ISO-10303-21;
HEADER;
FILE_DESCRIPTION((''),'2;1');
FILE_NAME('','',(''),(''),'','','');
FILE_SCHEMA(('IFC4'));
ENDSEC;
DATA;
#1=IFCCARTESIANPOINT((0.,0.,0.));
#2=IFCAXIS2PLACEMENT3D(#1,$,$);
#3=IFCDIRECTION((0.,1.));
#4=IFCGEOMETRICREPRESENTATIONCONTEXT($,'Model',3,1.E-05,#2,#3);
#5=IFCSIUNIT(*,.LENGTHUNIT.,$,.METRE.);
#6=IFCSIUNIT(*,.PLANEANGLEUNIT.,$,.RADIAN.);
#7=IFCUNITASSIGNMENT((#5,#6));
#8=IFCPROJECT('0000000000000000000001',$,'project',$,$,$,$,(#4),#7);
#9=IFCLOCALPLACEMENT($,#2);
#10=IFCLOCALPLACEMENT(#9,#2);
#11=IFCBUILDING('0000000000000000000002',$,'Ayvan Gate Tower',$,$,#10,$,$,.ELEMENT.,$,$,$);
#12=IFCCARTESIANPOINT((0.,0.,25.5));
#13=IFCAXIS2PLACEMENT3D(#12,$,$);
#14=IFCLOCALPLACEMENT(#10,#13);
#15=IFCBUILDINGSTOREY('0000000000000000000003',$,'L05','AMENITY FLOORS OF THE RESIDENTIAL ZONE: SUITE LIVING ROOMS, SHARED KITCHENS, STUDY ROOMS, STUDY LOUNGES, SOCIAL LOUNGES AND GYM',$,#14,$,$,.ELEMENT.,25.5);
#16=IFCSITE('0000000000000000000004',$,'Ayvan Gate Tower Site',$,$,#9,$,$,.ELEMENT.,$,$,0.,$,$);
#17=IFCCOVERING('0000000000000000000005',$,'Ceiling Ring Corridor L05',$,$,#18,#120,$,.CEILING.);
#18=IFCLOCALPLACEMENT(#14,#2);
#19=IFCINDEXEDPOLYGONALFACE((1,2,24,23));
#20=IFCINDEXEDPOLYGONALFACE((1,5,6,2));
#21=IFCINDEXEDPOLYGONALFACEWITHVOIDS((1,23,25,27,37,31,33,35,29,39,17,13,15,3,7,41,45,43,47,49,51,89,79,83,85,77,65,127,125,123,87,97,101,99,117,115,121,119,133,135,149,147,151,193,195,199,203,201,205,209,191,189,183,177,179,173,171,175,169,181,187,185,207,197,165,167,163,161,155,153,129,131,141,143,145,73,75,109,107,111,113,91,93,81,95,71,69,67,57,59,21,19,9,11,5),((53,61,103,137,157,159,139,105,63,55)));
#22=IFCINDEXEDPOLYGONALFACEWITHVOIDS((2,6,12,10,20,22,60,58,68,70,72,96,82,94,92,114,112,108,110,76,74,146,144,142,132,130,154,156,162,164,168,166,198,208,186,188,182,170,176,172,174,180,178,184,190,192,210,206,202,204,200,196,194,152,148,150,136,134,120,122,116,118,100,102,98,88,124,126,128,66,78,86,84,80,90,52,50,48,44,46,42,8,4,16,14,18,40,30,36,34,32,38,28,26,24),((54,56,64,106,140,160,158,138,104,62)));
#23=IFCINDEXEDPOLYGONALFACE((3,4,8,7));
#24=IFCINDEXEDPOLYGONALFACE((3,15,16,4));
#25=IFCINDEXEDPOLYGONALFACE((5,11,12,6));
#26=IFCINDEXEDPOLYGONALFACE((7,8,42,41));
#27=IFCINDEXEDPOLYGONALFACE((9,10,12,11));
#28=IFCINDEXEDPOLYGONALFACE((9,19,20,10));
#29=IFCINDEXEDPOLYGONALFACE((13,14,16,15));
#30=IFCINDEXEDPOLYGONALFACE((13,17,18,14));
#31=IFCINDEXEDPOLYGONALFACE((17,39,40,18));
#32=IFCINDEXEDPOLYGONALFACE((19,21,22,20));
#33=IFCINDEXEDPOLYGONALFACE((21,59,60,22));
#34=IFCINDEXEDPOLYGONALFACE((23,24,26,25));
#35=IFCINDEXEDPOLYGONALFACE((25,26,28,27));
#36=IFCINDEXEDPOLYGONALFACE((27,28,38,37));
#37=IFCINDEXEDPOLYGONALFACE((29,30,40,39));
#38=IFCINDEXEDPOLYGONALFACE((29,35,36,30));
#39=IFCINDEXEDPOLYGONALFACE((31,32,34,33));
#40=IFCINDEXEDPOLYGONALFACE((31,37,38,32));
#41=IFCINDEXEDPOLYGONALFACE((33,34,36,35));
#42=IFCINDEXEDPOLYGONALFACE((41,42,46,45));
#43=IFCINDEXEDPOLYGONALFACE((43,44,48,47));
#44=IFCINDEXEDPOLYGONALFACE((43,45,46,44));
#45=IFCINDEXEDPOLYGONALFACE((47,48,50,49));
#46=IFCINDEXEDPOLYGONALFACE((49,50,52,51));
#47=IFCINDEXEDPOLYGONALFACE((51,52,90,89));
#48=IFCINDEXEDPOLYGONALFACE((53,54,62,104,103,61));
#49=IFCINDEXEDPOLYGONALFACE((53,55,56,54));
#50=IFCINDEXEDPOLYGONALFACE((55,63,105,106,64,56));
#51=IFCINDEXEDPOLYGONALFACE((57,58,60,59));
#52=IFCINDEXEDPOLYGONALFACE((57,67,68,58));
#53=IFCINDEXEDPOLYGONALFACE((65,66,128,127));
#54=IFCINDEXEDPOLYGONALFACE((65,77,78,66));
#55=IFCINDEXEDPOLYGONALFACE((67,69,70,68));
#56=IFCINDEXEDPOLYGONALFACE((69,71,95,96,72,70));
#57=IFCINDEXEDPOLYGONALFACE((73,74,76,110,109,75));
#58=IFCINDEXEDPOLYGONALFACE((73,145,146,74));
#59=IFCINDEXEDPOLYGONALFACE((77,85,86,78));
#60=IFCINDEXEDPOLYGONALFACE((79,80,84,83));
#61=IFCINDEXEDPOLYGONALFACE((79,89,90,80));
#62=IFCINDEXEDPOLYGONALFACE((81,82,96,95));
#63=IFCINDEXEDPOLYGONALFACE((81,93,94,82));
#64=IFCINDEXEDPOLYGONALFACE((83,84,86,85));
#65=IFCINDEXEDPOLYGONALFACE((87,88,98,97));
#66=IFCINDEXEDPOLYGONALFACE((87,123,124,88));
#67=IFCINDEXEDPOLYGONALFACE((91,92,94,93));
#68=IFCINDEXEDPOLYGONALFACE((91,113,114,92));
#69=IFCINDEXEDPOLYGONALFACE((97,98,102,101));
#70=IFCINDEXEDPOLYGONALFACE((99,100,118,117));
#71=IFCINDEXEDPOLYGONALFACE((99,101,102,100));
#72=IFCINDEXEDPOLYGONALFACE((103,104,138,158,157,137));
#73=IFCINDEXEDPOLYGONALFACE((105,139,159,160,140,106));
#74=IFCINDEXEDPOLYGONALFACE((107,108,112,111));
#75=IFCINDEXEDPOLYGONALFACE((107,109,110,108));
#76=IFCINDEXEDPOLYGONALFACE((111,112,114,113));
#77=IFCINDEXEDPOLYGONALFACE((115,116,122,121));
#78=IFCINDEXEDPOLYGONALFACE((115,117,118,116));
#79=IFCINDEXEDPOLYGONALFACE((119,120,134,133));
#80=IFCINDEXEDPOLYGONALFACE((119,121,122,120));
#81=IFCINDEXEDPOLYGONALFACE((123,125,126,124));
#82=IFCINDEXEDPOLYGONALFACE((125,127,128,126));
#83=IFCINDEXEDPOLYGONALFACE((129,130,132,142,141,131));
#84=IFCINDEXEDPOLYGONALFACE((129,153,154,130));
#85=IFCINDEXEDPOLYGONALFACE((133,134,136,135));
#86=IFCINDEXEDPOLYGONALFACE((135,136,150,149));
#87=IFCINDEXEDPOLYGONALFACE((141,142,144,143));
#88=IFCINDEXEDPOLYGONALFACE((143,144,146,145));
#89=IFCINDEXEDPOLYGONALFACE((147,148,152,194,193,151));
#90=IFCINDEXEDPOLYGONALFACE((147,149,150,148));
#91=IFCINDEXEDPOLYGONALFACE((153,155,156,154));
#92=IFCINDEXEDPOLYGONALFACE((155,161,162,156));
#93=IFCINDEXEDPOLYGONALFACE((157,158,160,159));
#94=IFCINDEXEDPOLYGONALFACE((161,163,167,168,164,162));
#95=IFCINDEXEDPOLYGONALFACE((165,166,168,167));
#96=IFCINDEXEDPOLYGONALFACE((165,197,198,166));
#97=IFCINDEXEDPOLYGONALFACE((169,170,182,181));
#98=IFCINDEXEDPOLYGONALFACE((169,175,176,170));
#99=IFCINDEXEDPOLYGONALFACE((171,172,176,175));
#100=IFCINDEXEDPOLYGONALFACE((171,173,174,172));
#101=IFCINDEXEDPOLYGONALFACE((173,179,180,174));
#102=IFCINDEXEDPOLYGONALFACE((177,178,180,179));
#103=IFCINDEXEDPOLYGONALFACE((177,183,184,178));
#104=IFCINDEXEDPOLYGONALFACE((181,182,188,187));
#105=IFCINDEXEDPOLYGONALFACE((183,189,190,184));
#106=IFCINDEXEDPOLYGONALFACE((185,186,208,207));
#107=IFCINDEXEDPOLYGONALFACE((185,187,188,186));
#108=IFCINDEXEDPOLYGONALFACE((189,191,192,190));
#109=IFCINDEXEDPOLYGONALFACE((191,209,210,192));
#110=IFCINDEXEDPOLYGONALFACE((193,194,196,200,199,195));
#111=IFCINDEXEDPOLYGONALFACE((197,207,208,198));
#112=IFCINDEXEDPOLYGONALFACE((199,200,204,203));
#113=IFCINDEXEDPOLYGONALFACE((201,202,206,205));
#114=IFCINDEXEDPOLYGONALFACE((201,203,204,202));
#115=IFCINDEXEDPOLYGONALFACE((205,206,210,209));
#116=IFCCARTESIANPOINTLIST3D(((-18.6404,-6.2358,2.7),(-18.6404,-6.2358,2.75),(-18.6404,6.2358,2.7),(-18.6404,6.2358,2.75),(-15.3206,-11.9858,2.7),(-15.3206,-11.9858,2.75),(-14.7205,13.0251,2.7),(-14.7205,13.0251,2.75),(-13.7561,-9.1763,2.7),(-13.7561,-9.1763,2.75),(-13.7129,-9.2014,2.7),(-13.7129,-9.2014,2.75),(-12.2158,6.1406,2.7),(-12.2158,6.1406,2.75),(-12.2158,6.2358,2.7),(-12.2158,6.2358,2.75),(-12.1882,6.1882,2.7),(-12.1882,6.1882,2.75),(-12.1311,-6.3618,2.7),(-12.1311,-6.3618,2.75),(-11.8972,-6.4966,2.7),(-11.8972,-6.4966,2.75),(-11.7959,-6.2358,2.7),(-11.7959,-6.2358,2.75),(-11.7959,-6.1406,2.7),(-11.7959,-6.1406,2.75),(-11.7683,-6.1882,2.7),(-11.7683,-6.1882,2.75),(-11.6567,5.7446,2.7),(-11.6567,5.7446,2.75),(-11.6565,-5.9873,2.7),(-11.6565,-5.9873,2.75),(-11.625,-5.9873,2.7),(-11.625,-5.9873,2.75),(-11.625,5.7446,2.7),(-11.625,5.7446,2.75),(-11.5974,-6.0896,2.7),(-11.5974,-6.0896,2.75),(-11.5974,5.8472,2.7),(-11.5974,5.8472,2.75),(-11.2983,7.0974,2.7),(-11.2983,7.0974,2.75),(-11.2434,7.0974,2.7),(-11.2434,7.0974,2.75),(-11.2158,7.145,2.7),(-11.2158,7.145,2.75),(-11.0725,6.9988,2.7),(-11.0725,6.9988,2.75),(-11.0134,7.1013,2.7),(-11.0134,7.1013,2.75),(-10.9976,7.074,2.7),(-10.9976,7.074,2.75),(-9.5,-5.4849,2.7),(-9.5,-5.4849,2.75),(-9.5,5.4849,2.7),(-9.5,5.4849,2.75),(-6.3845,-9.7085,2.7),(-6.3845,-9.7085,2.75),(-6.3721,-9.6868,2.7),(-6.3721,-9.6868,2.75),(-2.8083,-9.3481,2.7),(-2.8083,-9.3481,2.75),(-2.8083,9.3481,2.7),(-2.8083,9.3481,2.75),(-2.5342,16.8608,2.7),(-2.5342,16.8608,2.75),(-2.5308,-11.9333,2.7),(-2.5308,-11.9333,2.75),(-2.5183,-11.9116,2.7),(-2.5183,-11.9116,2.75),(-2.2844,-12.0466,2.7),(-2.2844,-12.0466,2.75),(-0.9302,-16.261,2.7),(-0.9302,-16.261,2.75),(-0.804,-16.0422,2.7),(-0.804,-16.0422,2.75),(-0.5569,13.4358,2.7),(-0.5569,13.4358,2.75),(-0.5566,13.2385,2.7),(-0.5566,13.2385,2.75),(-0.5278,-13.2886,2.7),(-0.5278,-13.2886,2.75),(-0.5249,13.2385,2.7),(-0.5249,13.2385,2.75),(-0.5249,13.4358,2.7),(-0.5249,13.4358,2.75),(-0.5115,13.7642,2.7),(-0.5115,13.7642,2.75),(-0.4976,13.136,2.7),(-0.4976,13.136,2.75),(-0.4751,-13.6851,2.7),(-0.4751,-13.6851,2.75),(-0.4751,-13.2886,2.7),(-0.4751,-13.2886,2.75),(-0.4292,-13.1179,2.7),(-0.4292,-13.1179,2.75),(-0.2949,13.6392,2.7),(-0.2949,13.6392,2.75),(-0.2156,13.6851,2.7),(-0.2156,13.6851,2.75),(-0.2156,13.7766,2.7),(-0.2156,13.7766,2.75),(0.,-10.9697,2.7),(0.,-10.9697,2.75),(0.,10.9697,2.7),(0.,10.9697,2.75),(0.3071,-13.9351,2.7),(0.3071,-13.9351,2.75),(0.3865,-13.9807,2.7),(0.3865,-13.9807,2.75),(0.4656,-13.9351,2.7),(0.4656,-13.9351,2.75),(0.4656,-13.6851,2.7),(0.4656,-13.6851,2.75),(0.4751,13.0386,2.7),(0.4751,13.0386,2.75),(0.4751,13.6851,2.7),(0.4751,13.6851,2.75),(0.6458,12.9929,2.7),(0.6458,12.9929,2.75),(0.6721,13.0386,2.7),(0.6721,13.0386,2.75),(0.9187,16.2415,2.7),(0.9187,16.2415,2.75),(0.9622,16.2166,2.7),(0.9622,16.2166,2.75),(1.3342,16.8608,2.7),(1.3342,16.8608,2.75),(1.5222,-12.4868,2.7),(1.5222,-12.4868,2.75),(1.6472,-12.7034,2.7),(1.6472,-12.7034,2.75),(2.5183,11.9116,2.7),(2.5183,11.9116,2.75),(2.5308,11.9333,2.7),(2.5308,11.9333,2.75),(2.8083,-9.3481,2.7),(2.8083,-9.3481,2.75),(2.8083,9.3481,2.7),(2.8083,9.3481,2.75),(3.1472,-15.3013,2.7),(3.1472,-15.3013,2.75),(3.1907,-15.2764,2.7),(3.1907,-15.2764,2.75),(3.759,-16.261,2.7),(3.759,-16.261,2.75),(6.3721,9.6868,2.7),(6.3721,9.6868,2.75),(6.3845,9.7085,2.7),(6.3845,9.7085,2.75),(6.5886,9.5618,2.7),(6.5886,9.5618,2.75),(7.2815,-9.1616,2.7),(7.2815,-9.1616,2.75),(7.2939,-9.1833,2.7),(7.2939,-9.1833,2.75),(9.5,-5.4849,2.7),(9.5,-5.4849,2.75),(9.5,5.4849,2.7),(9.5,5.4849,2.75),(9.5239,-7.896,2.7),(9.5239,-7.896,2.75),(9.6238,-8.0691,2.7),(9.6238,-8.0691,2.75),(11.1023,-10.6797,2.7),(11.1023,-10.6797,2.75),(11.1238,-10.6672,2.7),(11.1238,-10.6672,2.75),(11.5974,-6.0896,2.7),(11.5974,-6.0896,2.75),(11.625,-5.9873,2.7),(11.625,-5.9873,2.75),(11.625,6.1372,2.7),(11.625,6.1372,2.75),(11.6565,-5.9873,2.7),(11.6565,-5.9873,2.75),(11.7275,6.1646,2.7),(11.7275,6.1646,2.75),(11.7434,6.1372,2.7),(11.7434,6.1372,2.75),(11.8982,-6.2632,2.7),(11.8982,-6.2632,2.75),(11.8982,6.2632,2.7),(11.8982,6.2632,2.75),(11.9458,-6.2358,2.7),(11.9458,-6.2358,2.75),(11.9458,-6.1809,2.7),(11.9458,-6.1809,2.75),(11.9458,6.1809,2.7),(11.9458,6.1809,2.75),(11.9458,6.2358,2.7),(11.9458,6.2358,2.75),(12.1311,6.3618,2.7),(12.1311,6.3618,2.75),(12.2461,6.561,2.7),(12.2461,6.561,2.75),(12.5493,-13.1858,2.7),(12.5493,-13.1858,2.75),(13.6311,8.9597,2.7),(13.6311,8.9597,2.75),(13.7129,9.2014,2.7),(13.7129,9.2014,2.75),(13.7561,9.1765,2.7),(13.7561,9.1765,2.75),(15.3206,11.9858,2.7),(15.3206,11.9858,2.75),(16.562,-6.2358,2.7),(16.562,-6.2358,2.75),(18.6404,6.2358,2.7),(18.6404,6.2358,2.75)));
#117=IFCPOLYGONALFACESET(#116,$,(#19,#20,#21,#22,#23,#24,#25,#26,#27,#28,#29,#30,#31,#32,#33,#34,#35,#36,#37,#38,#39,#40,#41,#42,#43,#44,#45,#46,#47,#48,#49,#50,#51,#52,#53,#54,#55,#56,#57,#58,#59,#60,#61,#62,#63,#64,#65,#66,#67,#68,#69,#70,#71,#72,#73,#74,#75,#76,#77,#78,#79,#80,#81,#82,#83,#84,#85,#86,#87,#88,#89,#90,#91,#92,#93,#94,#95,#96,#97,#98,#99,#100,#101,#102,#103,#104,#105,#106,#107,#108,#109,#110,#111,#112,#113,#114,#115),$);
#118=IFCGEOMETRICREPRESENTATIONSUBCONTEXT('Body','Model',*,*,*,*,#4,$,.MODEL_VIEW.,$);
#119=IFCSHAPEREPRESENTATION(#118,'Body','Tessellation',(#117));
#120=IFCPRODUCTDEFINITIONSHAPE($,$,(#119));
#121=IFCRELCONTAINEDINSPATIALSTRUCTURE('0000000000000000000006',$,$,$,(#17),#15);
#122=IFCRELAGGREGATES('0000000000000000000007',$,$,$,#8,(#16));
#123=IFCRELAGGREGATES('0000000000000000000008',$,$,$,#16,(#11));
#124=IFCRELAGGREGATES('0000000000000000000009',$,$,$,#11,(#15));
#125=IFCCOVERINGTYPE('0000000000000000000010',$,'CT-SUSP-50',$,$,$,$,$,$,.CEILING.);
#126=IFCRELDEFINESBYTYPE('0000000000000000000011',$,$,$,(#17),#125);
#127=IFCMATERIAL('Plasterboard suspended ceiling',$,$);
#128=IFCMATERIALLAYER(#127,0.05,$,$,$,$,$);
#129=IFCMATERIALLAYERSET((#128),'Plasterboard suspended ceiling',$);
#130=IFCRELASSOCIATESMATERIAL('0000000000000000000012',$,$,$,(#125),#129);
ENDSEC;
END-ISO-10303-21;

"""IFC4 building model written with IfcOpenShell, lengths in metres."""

from ifc_helpers import new_model, si_unit, direction, frame, origin, place, context, subcontext, project, spatial, polyline, outline, extrude, material, layer, layer_set, type_object, element, save


model = new_model("IFC4")

# Units and contexts
model_context = context("Model", 3, precision=1e-05, world=origin(), true_north=direction((0.0, 1.0)))
body_context = subcontext(model_context, "Body", "Model", "MODEL_VIEW")
ifc_project = project(units=[si_unit("LENGTHUNIT", "METRE"), si_unit("PLANEANGLEUNIT", "RADIAN")], contexts=[model_context])

# Site, building, storey
site_placement = place(None, origin())
site = spatial("IfcSite", under=ifc_project, at=site_placement, Name="Ayvan Gate Tower Site", CompositionType="ELEMENT", RefElevation=0.0)
building_placement = place(site_placement, origin())
building = spatial("IfcBuilding", under=site, at=building_placement, Name="Ayvan Gate Tower", CompositionType="ELEMENT")
storey_placement = place(building_placement, frame((0.0, 0.0, 25.5)))
storey = spatial("IfcBuildingStorey", under=building, at=storey_placement, Name="L05", Description="AMENITY FLOORS OF THE RESIDENTIAL ZONE: SUITE LIVING ROOMS, SHARED KITCHENS, STUDY ROOMS, STUDY LOUNGES, SOCIAL LOUNGES AND GYM", CompositionType="ELEMENT", Elevation=25.5)

# Covering
ifc_material_1 = material(Name="Plasterboard suspended ceiling")
ifc_layer_1 = layer(ifc_material_1, 0.05)
ifc_layer_set_1 = layer_set([ifc_layer_1], Name="Plasterboard suspended ceiling")
covering_type = type_object("IfcCoveringType", Name="CT-SUSP-50", PredefinedType="CEILING", material=ifc_layer_set_1)
covering_1_placement = place(storey_placement, frame((0.0, 0.0, 2.7)))
element("IfcCovering", 1, at=covering_1_placement, inside=storey, type_object=covering_type, Name="Ceiling Ring Corridor L05", PredefinedType="CEILING", context=body_context, shape_type="SweptSolid", body=[
    extrude(outline(polyline([(-12.2158, 6.2358), (-18.6404, 6.2358), (-14.7205, 13.0251), (-11.2983, 7.0974), (-11.2158, 7.145), (-11.2434, 7.0974), (-11.0725, 6.9988), (-11.0134, 7.1013), (-10.9976, 7.074), (-0.4976, 13.136), (-0.5566, 13.2385), (-0.5249, 13.2385), (-0.5249, 13.4358), (-0.5569, 13.4358), (-2.5342, 16.8608), (1.3342, 16.8608), (0.9622, 16.2166), (0.9187, 16.2415), (-0.5115, 13.7642), (-0.2949, 13.6392), (-0.2156, 13.7766), (-0.2156, 13.6851), (0.4751, 13.6851), (0.4751, 13.0386), (0.6721, 13.0386), (0.6458, 12.9929), (2.5183, 11.9116), (2.5308, 11.9333), (6.3845, 9.7085), (6.3721, 9.6868), (6.5886, 9.5618), (12.1311, 6.3618), (12.2461, 6.561), (13.6311, 8.9597), (13.7561, 9.1765), (13.7129, 9.2014), (15.3206, 11.9858), (18.6404, 6.2358), (11.9458, 6.2358), (11.9458, 6.1809), (11.8982, 6.2632), (11.7275, 6.1646), (11.7434, 6.1372), (11.625, 6.1372), (11.625, -5.9873), (11.6565, -5.9873), (11.5974, -6.0896), (11.8982, -6.2632), (11.9458, -6.1809), (11.9458, -6.2358), (16.562, -6.2358), (12.5493, -13.1858), (11.1023, -10.6797), (11.1238, -10.6672), (9.6238, -8.0691), (9.5239, -7.896), (7.2939, -9.1833), (7.2815, -9.1616), (1.5222, -12.4868), (1.6472, -12.7034), (3.1472, -15.3013), (3.1907, -15.2764), (3.759, -16.261), (-0.9302, -16.261), (-0.804, -16.0422), (0.3865, -13.9807), (0.3071, -13.9351), (0.4656, -13.9351), (0.4656, -13.6851), (-0.4751, -13.6851), (-0.4751, -13.2886), (-0.5278, -13.2886), (-0.4292, -13.1179), (-2.2844, -12.0466), (-2.5183, -11.9116), (-2.5308, -11.9333), (-6.3845, -9.7085), (-6.3721, -9.6868), (-11.8972, -6.4966), (-12.1311, -6.3618), (-13.7561, -9.1763), (-13.7129, -9.2014), (-15.3206, -11.9858), (-18.6404, -6.2358), (-11.7959, -6.2358), (-11.7959, -6.1406), (-11.7683, -6.1882), (-11.5974, -6.0896), (-11.6565, -5.9873), (-11.625, -5.9873), (-11.625, 5.7446), (-11.6567, 5.7446), (-11.5974, 5.8472), (-12.1882, 6.1882), (-12.2158, 6.1406), (-12.2158, 6.2358)]), holes=[polyline([(-2.8083, -9.3481), (0.0, -10.9697), (2.8083, -9.3481), (9.5, -5.4849), (9.5, 5.4849), (2.8083, 9.3481), (0.0, 10.9697), (-2.8083, 9.3481), (-9.5, 5.4849), (-9.5, -5.4849), (-2.8083, -9.3481)])]), origin(), (0.0, 0.0, 1.0), 0.05),
])

save(model, "model.ifc")
